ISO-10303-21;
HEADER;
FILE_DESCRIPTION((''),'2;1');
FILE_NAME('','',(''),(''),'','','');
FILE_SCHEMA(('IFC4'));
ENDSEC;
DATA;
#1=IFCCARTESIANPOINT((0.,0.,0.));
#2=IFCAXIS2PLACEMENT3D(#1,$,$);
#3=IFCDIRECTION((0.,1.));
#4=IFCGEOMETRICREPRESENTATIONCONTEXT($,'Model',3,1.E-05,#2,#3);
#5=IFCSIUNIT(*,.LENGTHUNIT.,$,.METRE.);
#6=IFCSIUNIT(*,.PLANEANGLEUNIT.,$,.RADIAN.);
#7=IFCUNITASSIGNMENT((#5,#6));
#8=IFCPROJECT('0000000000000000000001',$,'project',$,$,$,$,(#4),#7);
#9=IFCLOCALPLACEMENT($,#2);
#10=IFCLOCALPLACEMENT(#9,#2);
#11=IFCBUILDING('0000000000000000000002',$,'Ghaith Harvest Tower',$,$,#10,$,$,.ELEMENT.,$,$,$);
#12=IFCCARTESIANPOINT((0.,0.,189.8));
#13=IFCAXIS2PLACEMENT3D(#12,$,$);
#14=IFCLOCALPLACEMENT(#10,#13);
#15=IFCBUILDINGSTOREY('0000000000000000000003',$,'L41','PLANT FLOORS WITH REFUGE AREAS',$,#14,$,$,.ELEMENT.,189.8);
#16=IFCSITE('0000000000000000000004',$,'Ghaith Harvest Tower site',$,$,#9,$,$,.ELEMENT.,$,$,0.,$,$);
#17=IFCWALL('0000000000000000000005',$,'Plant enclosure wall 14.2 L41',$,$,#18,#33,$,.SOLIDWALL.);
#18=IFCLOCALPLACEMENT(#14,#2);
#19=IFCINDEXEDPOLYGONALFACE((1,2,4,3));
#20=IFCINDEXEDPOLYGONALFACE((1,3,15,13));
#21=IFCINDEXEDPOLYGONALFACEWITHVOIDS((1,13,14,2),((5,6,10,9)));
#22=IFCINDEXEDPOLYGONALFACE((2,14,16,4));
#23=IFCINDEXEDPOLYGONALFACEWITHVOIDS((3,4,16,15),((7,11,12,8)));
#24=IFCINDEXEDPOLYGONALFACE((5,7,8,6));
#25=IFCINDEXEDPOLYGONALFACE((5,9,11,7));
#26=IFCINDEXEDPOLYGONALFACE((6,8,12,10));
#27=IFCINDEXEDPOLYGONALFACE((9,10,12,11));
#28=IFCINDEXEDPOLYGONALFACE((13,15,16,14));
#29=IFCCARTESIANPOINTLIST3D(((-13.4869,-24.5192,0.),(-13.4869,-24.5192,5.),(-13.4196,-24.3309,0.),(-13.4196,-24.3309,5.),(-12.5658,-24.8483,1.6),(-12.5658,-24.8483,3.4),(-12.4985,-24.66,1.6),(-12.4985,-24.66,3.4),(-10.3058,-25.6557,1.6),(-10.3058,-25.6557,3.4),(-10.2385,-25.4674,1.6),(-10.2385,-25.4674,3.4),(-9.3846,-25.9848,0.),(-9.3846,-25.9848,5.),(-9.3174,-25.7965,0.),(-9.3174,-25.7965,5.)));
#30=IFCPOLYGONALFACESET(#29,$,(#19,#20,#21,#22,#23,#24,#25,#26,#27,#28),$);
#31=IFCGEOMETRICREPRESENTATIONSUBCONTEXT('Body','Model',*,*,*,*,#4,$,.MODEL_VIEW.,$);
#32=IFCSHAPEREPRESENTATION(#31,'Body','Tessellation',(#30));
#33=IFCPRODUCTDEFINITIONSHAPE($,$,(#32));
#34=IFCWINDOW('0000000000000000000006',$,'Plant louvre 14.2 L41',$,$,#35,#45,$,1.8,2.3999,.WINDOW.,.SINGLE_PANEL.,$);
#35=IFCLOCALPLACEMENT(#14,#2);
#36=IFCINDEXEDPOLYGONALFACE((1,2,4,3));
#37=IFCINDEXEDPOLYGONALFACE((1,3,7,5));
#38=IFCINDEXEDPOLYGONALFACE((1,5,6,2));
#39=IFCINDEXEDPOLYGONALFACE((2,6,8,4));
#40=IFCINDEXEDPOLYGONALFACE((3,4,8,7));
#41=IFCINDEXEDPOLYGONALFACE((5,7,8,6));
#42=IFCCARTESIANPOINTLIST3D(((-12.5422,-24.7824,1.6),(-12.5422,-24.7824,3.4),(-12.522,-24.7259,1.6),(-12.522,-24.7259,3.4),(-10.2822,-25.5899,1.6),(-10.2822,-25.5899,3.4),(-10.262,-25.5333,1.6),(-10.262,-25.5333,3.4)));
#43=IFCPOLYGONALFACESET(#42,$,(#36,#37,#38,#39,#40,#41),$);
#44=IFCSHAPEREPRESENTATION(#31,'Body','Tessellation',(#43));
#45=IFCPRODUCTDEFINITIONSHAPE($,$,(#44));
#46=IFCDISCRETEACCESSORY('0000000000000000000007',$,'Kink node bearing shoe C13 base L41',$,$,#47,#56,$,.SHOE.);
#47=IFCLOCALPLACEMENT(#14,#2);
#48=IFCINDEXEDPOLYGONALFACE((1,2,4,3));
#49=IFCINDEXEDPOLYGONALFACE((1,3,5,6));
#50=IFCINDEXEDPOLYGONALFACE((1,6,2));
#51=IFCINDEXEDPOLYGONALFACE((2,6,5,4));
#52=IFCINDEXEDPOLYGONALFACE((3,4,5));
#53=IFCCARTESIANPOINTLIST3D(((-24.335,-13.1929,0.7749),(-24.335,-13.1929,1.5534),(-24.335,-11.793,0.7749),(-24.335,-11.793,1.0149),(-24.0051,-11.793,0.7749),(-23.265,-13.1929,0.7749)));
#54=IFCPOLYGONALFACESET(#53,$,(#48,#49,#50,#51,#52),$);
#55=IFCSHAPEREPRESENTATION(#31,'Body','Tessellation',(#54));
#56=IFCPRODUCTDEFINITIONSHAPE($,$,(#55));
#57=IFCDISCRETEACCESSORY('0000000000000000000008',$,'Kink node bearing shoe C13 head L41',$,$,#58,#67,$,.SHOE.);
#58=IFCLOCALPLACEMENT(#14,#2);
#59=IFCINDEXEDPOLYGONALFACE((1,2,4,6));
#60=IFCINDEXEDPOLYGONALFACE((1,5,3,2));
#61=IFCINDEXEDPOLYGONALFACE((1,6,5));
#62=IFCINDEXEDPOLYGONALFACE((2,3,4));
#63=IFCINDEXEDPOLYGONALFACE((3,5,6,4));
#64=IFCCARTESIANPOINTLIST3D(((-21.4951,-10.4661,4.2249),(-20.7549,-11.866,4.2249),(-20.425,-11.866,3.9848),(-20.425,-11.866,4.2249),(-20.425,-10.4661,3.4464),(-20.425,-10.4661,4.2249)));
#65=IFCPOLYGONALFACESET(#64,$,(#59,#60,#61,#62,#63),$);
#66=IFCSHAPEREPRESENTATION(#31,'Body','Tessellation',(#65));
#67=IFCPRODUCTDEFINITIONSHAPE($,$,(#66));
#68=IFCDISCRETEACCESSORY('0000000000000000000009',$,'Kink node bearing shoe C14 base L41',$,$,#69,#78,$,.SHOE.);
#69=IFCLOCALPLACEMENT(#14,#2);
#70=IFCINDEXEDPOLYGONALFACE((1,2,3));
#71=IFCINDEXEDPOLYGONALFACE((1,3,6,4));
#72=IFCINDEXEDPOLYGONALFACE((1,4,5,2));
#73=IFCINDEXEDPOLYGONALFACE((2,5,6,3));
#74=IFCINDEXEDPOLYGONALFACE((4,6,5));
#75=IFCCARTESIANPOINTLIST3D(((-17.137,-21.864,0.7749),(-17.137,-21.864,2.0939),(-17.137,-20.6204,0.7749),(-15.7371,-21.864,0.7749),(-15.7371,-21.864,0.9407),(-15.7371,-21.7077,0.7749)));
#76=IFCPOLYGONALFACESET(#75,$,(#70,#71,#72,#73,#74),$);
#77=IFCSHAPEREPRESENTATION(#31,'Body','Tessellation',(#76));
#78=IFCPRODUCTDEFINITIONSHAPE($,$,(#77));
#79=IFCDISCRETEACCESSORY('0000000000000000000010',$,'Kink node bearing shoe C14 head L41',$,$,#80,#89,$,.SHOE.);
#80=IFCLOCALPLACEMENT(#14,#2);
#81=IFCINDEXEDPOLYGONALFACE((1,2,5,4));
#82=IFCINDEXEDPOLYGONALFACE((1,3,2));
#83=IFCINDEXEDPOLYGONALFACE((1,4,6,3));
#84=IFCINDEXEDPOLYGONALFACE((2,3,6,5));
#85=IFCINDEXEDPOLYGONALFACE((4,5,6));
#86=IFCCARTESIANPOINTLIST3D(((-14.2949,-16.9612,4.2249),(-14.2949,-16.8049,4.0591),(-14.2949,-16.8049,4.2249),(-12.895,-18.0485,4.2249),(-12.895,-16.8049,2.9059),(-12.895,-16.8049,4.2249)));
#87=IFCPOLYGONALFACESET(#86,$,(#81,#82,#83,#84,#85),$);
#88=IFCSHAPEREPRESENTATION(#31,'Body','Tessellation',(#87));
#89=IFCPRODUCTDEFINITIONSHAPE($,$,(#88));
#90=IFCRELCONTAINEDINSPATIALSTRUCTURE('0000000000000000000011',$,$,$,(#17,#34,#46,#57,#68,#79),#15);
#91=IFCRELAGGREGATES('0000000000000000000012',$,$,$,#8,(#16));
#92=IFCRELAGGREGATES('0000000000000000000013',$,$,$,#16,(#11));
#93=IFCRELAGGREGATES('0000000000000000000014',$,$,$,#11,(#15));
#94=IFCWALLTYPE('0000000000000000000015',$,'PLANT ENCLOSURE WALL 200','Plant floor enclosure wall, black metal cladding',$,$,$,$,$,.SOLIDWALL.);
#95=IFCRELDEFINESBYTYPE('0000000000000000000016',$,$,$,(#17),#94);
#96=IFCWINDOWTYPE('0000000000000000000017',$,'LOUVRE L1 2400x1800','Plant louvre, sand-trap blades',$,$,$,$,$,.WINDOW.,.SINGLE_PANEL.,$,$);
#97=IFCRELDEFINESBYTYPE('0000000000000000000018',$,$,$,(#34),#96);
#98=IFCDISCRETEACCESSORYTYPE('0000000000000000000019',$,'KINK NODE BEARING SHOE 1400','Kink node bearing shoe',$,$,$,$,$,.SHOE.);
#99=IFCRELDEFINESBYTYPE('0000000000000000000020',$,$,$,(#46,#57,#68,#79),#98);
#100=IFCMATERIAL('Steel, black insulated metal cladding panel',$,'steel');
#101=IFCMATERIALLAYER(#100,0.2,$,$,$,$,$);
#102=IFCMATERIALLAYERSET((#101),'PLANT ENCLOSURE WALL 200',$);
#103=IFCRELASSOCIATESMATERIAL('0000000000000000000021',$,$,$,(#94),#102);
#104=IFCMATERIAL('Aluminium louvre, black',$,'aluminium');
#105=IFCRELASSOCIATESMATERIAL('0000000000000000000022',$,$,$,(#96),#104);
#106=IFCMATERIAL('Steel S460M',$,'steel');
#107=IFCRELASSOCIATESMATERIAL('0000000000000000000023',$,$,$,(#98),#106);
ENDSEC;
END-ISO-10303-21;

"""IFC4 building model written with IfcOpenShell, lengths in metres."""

from ifc_helpers import new_model, si_unit, direction, frame, frame_2d, origin, origin_2d, place, context, subcontext, project, spatial, rectangle, extrude, clip, halfspace, material, layer, layer_set, material_profile, profile_set, type_object, element, fill, save


model = new_model("IFC4")

# Units and contexts
model_context = context("Model", 3, precision=1e-05, world=origin(), true_north=direction((0.0, 1.0)))
body_context = subcontext(model_context, "Body", "Model", "MODEL_VIEW")
ifc_project = project(units=[si_unit("LENGTHUNIT", "METRE"), si_unit("PLANEANGLEUNIT", "RADIAN")], contexts=[model_context])

# Site, building, storey
site_placement = place(None, origin())
site = spatial("IfcSite", under=ifc_project, at=site_placement, Name="Ghaith Harvest Tower site", CompositionType="ELEMENT", RefElevation=0.0)
building_placement = place(site_placement, origin())
building = spatial("IfcBuilding", under=site, at=building_placement, Name="Ghaith Harvest Tower", CompositionType="ELEMENT")
storey_placement = place(building_placement, frame((0.0, 0.0, 189.8)))
storey = spatial("IfcBuildingStorey", under=building, at=storey_placement, Name="L41", Description="PLANT FLOORS WITH REFUGE AREAS", CompositionType="ELEMENT", Elevation=189.8)

# Wall, opening, window
ifc_material_1 = material(Name="Steel, black insulated metal cladding panel", Category="steel")
ifc_layer_1 = layer(ifc_material_1, 0.2)
ifc_layer_set_1 = layer_set([ifc_layer_1], Name="PLANT ENCLOSURE WALL 200")
wall_type_1 = type_object("IfcWallType", Name="PLANT ENCLOSURE WALL 200", Description="Plant floor enclosure wall, black metal cladding", PredefinedType="SOLIDWALL", material=ifc_layer_set_1)
ifc_material_2 = material(Name="Aluminium louvre, black", Category="aluminium")
window_type_1 = type_object("IfcWindowType", Name="LOUVRE L1 2400x1800", Description="Plant louvre, sand-trap blades", PartitioningType="SINGLE_PANEL", PredefinedType="WINDOW", material=ifc_material_2)
wall_1_placement = place(storey_placement, frame((-13.4534, -24.425, 0.0), z_axis=(0.0, 0.0, 1.0), x_axis=(0.941708, -0.336432, 0.0)))
wall_1 = element("IfcWall", 1, at=wall_1_placement, inside=storey, type_object=wall_type_1, Name="Plant enclosure wall 14.2 L41", PredefinedType="SOLIDWALL", context=body_context, shape_type="SweptSolid", body=[
    extrude(rectangle(XDim=4.3562, YDim=0.2, at=frame_2d((2.1782, 0.0))), origin(), (0.0, 0.0, 1.0), 5.0),
])
opening_1_placement = place(wall_1_placement, frame((0.9783, 0.0, 1.6001)))
opening_1 = element("IfcOpeningElement", 2, at=opening_1_placement, cuts=wall_1, PredefinedType="OPENING", context=body_context, shape_type="SweptSolid", body=[
    extrude(rectangle(XDim=2.3999, YDim=1.8, at=frame_2d((1.2, 0.8999))), frame((0.0, 0.1099, 0.0), z_axis=(0.0, -1.0, 0.0), x_axis=(1.0, 0.0, 0.0)), (0.0, 0.0, 1.0), 0.22),
])
window_1_placement = place(opening_1_placement, origin())
window_1 = element("IfcWindow", 3, at=window_1_placement, inside=storey, type_object=window_type_1, Name="Plant louvre 14.2 L41", OverallHeight=1.8, OverallWidth=2.3999, PartitioningType="SINGLE_PANEL", PredefinedType="WINDOW", context=body_context, shape_type="SweptSolid", body=[
    extrude(rectangle(XDim=2.3999, YDim=1.8, at=frame_2d((1.2, 0.8999))), frame((0.0, 0.03, 0.0), z_axis=(0.0, -1.0, 0.0), x_axis=(1.0, 0.0, 0.0)), (0.0, 0.0, 1.0), 0.0601),
])
fill(opening_1, window_1)

# Discrete accessories
ifc_material_3 = material(Name="Steel S460M", Category="steel")
ifc_material_profile_1 = material_profile(ifc_material_3, rectangle(XDim=1.3999, YDim=1.3999, at=origin_2d()), Name="KINK NODE BEARING SHOE 1400")
ifc_profile_set_1 = profile_set([ifc_material_profile_1], Name="Steel S460M")
discrete_accessory_type = type_object("IfcDiscreteAccessoryType", Name="KINK NODE BEARING SHOE 1400", Description="Kink node bearing shoe", PredefinedType="SHOE", material=ifc_profile_set_1)
discrete_accessory_1_placement = place(storey_placement, frame((-23.635, -12.4929, 0.7749), z_axis=(0.0, 0.0, 1.0), x_axis=(1.0, 0.0, 0.0)))
element("IfcDiscreteAccessory", 4, at=discrete_accessory_1_placement, inside=storey, type_object=discrete_accessory_type, Name="Kink node bearing shoe C13 base L41", PredefinedType="SHOE", context=body_context, shape_type="Clipping", body=[
    clip(extrude(rectangle(XDim=1.3999, YDim=1.3999, at=origin_2d()), origin(), (0.0, 0.0, 1.0), 0.7886), halfspace(frame((0.0, 0.0, 0.0), z_axis=(0.561765, 0.296997, 0.772148), x_axis=(1.0, 0.0, 0.0)), False)),
])
discrete_accessory_2_placement = place(storey_placement, frame((-21.125, -11.166, 3.4365), z_axis=(0.0, 0.0, 1.0), x_axis=(1.0, 0.0, 0.0)))
element("IfcDiscreteAccessory", 5, at=discrete_accessory_2_placement, inside=storey, type_object=discrete_accessory_type, Name="Kink node bearing shoe C13 head L41", PredefinedType="SHOE", context=body_context, shape_type="Clipping", body=[
    clip(extrude(rectangle(XDim=1.3999, YDim=1.3999, at=origin_2d()), origin(), (0.0, 0.0, 1.0), 0.7883), halfspace(frame((0.0, 0.0, 0.7883), z_axis=(-0.561765, -0.296997, -0.772148), x_axis=(1.0, 0.0, 0.0)), False)),
])
discrete_accessory_3_placement = place(storey_placement, frame((-16.437, -21.1641, 0.7749), z_axis=(0.0, 0.0, 1.0), x_axis=(1.0, 0.0, 0.0)))
element("IfcDiscreteAccessory", 6, at=discrete_accessory_3_placement, inside=storey, type_object=discrete_accessory_type, Name="Kink node bearing shoe C14 base L41", PredefinedType="SHOE", context=body_context, shape_type="Clipping", body=[
    clip(extrude(rectangle(XDim=1.3999, YDim=1.3999, at=origin_2d()), origin(), (0.0, 0.0, 1.0), 1.3291), halfspace(frame((0.0, 0.0, 0.0), z_axis=(0.491995, 0.633431, 0.597249), x_axis=(1.0, 0.0, 0.0)), False)),
])
discrete_accessory_4_placement = place(storey_placement, frame((-13.595, -17.5049, 2.896), z_axis=(0.0, 0.0, 1.0), x_axis=(1.0, 0.0, 0.0)))
element("IfcDiscreteAccessory", 7, at=discrete_accessory_4_placement, inside=storey, type_object=discrete_accessory_type, Name="Kink node bearing shoe C14 head L41", PredefinedType="SHOE", context=body_context, shape_type="Clipping", body=[
    clip(extrude(rectangle(XDim=1.3999, YDim=1.3999, at=origin_2d()), origin(), (0.0, 0.0, 1.0), 1.3289), halfspace(frame((0.0, 0.0, 1.3289), z_axis=(-0.491995, -0.633431, -0.597249), x_axis=(1.0, 0.0, 0.0)), False)),
])

save(model, "model.ifc")
